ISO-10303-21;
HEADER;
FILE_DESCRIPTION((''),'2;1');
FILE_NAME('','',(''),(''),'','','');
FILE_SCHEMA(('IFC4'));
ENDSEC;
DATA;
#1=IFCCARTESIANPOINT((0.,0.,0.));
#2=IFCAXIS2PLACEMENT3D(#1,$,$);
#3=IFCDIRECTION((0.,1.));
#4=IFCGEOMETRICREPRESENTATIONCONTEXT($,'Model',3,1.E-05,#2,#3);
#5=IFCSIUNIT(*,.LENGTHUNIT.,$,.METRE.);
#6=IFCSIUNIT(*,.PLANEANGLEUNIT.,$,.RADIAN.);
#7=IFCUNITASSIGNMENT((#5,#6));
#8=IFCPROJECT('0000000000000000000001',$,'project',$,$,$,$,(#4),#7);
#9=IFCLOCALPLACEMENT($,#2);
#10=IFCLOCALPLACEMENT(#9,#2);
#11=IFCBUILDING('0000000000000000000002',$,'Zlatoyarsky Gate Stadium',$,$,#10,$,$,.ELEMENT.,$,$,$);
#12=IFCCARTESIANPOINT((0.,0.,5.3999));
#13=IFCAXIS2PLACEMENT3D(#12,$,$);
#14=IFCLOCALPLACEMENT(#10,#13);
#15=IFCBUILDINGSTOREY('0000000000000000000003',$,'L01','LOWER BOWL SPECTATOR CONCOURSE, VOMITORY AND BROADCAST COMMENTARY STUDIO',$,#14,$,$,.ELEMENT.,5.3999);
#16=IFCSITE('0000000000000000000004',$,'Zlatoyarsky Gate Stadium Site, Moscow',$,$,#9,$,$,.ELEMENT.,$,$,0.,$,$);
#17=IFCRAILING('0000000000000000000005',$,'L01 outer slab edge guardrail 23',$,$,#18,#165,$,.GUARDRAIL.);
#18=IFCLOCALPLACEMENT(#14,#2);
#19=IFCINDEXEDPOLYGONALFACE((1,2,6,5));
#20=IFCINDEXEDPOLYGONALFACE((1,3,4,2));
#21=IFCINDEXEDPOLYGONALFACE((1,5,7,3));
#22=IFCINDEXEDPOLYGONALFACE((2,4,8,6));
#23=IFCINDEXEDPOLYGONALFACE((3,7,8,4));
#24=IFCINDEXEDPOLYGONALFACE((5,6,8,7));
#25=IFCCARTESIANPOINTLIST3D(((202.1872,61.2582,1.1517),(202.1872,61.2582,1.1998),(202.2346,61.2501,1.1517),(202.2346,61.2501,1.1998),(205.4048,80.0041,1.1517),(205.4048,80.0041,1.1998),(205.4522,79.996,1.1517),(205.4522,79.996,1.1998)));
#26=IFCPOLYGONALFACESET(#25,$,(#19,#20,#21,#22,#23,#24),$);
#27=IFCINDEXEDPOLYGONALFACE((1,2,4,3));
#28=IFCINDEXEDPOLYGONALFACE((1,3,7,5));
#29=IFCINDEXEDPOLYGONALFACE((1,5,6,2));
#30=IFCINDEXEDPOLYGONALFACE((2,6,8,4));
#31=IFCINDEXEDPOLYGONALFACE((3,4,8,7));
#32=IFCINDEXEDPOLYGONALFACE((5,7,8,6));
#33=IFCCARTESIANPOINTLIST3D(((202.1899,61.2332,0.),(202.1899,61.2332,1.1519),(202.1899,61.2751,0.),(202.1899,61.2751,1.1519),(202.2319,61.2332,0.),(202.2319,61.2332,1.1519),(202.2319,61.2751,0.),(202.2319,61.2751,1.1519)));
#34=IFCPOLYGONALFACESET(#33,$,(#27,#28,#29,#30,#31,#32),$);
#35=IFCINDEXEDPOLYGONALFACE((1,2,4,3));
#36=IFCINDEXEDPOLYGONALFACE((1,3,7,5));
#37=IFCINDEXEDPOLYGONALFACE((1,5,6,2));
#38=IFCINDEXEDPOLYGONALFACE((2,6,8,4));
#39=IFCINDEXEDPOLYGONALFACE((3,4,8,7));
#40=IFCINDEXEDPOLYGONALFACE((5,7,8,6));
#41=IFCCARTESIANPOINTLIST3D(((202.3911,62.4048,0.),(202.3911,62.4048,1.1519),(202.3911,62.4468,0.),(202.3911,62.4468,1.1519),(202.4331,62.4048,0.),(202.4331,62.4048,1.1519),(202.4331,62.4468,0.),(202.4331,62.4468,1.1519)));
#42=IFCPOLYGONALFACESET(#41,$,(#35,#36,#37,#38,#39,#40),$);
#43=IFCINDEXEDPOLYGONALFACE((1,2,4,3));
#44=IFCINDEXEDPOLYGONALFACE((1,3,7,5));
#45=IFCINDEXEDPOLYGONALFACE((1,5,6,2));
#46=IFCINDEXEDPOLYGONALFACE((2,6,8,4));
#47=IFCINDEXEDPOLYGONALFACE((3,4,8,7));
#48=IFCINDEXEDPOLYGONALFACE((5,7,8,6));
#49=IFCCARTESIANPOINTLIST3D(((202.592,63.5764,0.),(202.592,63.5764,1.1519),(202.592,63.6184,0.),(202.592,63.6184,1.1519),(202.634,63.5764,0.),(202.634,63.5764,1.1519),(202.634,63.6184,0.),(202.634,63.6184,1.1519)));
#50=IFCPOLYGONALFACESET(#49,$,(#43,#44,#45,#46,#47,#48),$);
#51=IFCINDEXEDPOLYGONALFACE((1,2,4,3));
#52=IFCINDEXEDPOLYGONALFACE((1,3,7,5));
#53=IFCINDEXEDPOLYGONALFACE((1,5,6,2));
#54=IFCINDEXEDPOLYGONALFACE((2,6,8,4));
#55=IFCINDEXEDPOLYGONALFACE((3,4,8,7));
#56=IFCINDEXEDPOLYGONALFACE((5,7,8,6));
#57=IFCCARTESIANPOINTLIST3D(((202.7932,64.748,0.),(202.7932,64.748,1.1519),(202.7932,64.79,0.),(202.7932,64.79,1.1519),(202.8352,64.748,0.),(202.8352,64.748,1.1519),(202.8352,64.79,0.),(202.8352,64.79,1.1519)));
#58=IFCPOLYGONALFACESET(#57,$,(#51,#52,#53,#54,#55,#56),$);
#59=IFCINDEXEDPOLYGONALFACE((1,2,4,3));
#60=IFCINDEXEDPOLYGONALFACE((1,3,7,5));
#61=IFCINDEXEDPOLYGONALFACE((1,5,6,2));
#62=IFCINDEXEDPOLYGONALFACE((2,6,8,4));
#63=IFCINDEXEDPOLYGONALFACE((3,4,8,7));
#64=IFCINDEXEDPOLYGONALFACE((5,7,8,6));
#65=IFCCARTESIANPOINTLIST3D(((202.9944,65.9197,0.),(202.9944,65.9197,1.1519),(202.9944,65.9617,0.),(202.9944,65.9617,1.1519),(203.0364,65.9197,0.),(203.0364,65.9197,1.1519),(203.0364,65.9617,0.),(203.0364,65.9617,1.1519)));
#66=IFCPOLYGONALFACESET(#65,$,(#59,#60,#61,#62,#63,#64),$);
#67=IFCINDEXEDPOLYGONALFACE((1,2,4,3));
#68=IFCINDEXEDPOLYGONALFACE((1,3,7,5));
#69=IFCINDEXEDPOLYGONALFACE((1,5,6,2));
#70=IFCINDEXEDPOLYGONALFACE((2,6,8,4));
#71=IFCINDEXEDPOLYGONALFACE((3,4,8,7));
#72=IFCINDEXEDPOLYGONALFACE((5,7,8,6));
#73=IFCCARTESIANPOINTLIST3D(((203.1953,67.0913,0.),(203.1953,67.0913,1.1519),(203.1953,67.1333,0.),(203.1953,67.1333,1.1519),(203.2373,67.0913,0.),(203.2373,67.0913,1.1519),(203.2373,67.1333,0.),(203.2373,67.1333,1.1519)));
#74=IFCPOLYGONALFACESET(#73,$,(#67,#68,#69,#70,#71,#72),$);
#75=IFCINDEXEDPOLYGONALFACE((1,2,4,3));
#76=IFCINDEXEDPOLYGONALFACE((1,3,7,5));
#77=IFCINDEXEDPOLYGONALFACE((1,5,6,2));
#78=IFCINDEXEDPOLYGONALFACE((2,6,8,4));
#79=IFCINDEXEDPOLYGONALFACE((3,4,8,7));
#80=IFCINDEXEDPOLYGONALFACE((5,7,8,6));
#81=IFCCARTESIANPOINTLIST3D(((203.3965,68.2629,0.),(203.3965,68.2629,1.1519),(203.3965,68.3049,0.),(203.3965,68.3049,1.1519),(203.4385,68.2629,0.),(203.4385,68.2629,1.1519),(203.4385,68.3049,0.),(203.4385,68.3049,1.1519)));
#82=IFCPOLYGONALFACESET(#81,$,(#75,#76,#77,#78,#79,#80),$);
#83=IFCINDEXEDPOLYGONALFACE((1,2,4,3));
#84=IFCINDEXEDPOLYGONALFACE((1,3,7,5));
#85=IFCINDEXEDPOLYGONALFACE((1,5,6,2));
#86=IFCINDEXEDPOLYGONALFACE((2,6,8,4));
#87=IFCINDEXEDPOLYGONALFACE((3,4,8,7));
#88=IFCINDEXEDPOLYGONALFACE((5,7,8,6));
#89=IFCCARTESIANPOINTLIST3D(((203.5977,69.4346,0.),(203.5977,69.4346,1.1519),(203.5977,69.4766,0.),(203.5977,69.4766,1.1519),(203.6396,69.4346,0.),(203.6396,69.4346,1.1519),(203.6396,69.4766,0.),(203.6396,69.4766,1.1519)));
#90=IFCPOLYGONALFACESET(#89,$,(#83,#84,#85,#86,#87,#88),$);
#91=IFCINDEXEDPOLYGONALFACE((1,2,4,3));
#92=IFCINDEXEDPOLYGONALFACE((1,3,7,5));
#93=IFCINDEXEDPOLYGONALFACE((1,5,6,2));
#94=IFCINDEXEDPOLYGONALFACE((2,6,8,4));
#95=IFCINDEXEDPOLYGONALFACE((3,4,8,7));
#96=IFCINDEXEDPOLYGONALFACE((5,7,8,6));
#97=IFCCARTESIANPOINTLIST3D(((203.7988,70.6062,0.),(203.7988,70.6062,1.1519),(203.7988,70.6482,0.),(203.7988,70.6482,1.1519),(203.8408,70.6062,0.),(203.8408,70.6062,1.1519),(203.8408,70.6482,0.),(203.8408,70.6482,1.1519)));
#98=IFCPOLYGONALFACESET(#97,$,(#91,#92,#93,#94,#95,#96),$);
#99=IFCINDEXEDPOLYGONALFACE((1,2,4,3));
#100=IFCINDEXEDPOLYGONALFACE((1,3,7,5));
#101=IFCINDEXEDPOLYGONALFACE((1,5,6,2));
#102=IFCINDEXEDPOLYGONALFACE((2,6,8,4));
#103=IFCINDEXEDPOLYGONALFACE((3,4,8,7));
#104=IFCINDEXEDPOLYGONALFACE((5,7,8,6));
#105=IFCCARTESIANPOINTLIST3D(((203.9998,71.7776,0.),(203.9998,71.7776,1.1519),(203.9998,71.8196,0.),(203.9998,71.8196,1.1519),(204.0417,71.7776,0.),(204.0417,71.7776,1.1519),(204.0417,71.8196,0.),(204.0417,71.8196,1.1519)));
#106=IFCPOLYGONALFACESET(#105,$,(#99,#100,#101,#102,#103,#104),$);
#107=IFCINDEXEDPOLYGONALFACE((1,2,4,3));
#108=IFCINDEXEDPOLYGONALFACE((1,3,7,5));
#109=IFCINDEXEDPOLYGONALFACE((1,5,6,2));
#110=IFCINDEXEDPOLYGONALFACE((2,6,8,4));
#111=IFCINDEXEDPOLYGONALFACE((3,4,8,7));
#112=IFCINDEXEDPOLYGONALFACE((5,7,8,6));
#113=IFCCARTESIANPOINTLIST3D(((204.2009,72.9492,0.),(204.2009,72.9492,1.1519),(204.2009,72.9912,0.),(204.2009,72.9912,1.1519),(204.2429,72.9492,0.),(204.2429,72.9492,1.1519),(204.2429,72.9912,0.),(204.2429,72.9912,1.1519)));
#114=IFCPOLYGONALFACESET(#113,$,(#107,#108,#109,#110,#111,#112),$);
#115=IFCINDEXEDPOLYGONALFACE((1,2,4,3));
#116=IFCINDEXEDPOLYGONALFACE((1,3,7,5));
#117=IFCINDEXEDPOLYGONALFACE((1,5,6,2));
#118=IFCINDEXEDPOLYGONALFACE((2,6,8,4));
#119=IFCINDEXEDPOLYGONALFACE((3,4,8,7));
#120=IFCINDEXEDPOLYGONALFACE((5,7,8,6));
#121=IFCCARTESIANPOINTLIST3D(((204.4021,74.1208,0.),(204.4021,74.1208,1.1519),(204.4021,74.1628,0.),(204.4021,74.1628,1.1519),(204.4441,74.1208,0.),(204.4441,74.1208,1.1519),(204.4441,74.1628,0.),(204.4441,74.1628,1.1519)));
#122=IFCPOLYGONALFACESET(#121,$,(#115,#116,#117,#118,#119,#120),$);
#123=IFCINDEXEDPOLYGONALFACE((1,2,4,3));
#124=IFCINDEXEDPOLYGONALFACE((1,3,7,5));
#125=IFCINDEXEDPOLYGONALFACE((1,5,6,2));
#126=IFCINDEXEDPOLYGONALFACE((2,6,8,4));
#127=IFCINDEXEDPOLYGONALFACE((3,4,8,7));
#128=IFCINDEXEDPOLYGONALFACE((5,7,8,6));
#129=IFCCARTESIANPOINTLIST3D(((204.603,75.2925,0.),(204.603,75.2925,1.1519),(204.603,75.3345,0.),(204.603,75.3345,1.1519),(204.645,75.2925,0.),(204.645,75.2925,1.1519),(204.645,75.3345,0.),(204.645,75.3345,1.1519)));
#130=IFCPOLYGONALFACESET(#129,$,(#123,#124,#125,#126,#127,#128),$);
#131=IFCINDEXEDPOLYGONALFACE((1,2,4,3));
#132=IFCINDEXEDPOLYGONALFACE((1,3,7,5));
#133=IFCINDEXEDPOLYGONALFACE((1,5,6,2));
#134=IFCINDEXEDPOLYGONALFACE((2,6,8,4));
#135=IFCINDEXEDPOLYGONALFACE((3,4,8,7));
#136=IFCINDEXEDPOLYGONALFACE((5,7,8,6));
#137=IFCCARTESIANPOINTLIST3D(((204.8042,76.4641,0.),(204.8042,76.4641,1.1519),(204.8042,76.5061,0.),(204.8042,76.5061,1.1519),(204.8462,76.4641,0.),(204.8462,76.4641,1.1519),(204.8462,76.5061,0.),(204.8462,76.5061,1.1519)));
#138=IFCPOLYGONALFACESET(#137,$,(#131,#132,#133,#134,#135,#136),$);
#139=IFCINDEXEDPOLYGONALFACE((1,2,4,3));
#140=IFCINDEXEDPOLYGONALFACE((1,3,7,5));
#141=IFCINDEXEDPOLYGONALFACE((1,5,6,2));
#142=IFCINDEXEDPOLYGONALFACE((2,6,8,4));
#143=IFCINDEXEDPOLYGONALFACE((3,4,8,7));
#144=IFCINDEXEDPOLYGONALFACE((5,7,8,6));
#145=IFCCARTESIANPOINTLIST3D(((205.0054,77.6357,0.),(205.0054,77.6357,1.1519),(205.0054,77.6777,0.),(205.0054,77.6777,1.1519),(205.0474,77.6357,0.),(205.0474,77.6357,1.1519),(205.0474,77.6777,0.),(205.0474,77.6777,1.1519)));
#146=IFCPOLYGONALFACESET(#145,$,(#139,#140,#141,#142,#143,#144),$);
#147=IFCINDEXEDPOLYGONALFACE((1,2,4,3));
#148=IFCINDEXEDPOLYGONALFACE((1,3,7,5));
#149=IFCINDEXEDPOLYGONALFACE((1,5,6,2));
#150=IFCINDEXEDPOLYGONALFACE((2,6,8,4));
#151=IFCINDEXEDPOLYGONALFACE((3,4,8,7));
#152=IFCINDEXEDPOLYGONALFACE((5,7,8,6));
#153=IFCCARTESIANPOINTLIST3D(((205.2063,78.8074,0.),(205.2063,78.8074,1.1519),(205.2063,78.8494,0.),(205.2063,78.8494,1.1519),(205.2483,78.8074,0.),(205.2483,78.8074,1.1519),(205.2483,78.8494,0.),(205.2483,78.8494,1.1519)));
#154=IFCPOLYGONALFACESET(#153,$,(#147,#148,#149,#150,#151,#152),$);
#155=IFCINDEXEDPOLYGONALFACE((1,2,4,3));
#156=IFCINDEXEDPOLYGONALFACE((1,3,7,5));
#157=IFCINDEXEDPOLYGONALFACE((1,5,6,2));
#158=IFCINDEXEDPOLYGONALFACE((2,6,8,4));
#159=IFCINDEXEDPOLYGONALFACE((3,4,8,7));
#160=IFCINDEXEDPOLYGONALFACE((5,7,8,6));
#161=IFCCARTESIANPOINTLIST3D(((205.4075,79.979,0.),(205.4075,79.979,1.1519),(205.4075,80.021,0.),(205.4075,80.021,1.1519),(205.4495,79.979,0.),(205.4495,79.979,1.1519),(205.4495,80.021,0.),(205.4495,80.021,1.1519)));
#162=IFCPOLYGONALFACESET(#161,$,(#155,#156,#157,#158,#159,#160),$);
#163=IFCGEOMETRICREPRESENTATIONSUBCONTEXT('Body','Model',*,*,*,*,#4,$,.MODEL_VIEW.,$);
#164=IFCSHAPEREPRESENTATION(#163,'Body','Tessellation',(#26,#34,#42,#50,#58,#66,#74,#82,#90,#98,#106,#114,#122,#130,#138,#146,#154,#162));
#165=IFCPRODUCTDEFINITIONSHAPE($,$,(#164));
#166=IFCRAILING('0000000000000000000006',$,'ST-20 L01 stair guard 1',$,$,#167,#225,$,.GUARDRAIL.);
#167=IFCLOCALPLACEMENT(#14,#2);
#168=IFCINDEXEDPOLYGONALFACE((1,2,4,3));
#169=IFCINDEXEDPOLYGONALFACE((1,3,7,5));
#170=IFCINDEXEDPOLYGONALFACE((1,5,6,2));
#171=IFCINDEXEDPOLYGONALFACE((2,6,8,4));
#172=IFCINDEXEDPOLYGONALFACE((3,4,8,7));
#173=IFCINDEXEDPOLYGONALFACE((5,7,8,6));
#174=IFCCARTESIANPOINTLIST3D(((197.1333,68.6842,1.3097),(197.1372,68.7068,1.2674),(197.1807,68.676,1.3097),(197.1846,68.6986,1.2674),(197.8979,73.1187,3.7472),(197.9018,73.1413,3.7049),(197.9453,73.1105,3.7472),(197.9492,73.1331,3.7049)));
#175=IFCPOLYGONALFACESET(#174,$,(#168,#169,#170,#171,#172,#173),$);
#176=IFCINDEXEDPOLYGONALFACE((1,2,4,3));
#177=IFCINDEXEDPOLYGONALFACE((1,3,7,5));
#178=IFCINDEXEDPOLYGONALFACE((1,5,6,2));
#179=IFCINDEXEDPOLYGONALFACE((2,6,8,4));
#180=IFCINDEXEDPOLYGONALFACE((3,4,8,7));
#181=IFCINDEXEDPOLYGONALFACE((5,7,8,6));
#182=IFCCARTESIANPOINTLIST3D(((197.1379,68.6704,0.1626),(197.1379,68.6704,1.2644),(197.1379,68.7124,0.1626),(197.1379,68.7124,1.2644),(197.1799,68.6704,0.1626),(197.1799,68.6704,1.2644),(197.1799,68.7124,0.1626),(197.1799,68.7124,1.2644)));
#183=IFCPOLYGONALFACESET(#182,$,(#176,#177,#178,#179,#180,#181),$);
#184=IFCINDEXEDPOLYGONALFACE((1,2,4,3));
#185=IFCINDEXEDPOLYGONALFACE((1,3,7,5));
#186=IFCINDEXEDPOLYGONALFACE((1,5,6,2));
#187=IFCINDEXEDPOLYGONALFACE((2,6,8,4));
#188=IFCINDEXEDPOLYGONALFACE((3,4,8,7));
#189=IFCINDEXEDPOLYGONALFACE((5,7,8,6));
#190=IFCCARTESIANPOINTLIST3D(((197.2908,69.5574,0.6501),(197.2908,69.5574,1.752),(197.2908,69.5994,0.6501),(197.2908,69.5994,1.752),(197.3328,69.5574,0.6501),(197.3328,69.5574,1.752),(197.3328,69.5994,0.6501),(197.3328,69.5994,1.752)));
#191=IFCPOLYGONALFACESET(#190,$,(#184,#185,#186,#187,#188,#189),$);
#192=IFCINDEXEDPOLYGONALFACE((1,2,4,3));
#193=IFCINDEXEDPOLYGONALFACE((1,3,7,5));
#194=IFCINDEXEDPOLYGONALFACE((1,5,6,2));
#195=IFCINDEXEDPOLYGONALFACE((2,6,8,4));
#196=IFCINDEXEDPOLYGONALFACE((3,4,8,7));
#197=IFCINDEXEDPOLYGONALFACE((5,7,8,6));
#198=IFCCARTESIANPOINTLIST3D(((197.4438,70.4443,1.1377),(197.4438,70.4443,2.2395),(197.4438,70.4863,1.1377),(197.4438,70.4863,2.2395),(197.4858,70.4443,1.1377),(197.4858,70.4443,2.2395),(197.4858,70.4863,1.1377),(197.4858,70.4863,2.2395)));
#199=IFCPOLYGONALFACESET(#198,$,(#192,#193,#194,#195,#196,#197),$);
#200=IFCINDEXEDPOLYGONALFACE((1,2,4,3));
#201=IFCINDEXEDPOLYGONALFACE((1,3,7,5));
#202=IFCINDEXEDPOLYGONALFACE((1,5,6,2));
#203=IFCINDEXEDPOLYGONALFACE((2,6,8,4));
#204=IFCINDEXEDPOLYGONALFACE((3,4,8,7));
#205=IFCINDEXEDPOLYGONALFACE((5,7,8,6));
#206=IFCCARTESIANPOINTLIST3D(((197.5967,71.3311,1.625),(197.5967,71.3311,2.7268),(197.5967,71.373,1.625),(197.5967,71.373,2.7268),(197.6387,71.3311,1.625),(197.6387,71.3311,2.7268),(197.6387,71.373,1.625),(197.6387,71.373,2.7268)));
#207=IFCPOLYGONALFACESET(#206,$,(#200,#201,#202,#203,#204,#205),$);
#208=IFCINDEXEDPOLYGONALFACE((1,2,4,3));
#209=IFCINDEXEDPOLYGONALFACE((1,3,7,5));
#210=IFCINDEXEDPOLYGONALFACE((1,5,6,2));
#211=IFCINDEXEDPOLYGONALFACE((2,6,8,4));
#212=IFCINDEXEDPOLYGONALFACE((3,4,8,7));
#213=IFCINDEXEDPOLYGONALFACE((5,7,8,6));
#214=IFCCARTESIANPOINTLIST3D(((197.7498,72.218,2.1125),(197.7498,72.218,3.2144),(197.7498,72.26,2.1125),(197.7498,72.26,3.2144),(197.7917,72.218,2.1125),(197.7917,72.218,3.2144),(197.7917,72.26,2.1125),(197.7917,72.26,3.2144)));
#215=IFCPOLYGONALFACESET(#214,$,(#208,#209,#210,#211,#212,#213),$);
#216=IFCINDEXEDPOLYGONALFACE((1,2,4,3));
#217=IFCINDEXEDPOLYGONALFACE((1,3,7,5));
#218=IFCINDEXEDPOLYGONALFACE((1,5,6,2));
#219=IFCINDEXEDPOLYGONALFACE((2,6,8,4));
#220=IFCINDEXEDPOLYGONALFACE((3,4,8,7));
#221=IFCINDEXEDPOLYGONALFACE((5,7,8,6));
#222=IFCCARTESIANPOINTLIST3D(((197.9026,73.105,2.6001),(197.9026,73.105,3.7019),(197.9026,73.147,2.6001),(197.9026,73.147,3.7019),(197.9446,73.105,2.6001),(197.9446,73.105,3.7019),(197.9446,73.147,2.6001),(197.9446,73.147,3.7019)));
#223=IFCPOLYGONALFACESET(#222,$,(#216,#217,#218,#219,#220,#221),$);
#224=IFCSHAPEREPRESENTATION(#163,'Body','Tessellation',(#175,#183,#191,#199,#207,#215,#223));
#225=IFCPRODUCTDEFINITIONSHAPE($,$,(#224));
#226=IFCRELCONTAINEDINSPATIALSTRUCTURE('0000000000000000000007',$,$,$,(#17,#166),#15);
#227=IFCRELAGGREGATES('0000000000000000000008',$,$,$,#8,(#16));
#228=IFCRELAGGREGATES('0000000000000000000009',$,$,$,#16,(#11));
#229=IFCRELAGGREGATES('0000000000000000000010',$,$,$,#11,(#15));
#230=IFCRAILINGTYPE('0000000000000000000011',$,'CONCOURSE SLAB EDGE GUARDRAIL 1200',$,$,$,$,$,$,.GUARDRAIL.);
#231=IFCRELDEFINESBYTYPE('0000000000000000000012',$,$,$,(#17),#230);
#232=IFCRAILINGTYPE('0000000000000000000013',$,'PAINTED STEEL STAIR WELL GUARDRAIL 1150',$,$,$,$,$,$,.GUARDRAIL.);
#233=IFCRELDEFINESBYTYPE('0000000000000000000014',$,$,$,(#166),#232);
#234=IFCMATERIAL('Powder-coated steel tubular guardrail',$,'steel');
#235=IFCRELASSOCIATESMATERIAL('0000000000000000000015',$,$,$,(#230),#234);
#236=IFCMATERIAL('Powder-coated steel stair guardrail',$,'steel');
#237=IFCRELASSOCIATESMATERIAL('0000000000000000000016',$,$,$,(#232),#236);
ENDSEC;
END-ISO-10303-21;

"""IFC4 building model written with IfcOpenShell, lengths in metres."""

from ifc_helpers import new_model, si_unit, direction, frame, origin, origin_2d, place, context, subcontext, project, spatial, rectangle, extrude, material, type_object, element, save


model = new_model("IFC4")

# Units and contexts
model_context = context("Model", 3, precision=1e-05, world=origin(), true_north=direction((0.0, 1.0)))
body_context = subcontext(model_context, "Body", "Model", "MODEL_VIEW")
ifc_project = project(units=[si_unit("LENGTHUNIT", "METRE"), si_unit("PLANEANGLEUNIT", "RADIAN")], contexts=[model_context])

# Site, building, storey
site_placement = place(None, origin())
site = spatial("IfcSite", under=ifc_project, at=site_placement, Name="Zlatoyarsky Gate Stadium Site, Moscow", CompositionType="ELEMENT", RefElevation=0.0)
building_placement = place(site_placement, origin())
building = spatial("IfcBuilding", under=site, at=building_placement, Name="Zlatoyarsky Gate Stadium", CompositionType="ELEMENT")
storey_placement = place(building_placement, frame((0.0, 0.0, 5.3999)))
storey = spatial("IfcBuildingStorey", under=building, at=storey_placement, Name="L01", Description="LOWER BOWL SPECTATOR CONCOURSE, VOMITORY AND BROADCAST COMMENTARY STUDIO", CompositionType="ELEMENT", Elevation=5.3999)

# Railings
ifc_material_1 = material(Name="Powder-coated steel tubular guardrail", Category="steel")
railing_type_1 = type_object("IfcRailingType", Name="CONCOURSE SLAB EDGE GUARDRAIL 1200", PredefinedType="GUARDRAIL", material=ifc_material_1)
railing_1_placement = place(storey_placement, frame((202.2109, 61.2542, 0.0)))
element("IfcRailing", 1, at=railing_1_placement, inside=storey, type_object=railing_type_1, Name="L01 outer slab edge guardrail 23", PredefinedType="GUARDRAIL", context=body_context, shape_type="SweptSolid", body=[
    extrude(rectangle(XDim=0.0481, YDim=0.0481, at=origin_2d()), frame((0.0, 0.0, 1.1758), z_axis=(0.169166, 0.985588, 0.0), x_axis=(-0.985588, 0.169166, 0.0)), (0.0, 0.0, 1.0), 19.02),
    extrude(rectangle(XDim=0.042, YDim=0.042, at=origin_2d()), origin(), (0.0, 0.0, 1.0), 1.1519),
    extrude(rectangle(XDim=0.042, YDim=0.042, at=origin_2d()), frame((0.2012, 1.1716, 0.0)), (0.0, 0.0, 1.0), 1.1519),
    extrude(rectangle(XDim=0.042, YDim=0.042, at=origin_2d()), frame((0.4021, 2.3433, 0.0)), (0.0, 0.0, 1.0), 1.1519),
    extrude(rectangle(XDim=0.042, YDim=0.042, at=origin_2d()), frame((0.6033, 3.5149, 0.0)), (0.0, 0.0, 1.0), 1.1519),
    extrude(rectangle(XDim=0.042, YDim=0.042, at=origin_2d()), frame((0.8044, 4.6865, 0.0)), (0.0, 0.0, 1.0), 1.1519),
    extrude(rectangle(XDim=0.042, YDim=0.042, at=origin_2d()), frame((1.0054, 5.8582, 0.0)), (0.0, 0.0, 1.0), 1.1519),
    extrude(rectangle(XDim=0.042, YDim=0.042, at=origin_2d()), frame((1.2065, 7.0298, 0.0)), (0.0, 0.0, 1.0), 1.1519),
    extrude(rectangle(XDim=0.042, YDim=0.042, at=origin_2d()), frame((1.4077, 8.2014, 0.0)), (0.0, 0.0, 1.0), 1.1519),
    extrude(rectangle(XDim=0.042, YDim=0.042, at=origin_2d()), frame((1.6089, 9.373, 0.0)), (0.0, 0.0, 1.0), 1.1519),
    extrude(rectangle(XDim=0.042, YDim=0.042, at=origin_2d()), frame((1.8098, 10.5444, 0.0)), (0.0, 0.0, 1.0), 1.1519),
    extrude(rectangle(XDim=0.042, YDim=0.042, at=origin_2d()), frame((2.011, 11.7161, 0.0)), (0.0, 0.0, 1.0), 1.1519),
    extrude(rectangle(XDim=0.042, YDim=0.042, at=origin_2d()), frame((2.2122, 12.8877, 0.0)), (0.0, 0.0, 1.0), 1.1519),
    extrude(rectangle(XDim=0.042, YDim=0.042, at=origin_2d()), frame((2.4131, 14.0593, 0.0)), (0.0, 0.0, 1.0), 1.1519),
    extrude(rectangle(XDim=0.042, YDim=0.042, at=origin_2d()), frame((2.6143, 15.231, 0.0)), (0.0, 0.0, 1.0), 1.1519),
    extrude(rectangle(XDim=0.042, YDim=0.042, at=origin_2d()), frame((2.8154, 16.4026, 0.0)), (0.0, 0.0, 1.0), 1.1519),
    extrude(rectangle(XDim=0.042, YDim=0.042, at=origin_2d()), frame((3.0164, 17.5742, 0.0)), (0.0, 0.0, 1.0), 1.1519),
    extrude(rectangle(XDim=0.042, YDim=0.042, at=origin_2d()), frame((3.2175, 18.7458, 0.0)), (0.0, 0.0, 1.0), 1.1519),
])
ifc_material_2 = material(Name="Powder-coated steel stair guardrail", Category="steel")
railing_type_2 = type_object("IfcRailingType", Name="PAINTED STEEL STAIR WELL GUARDRAIL 1150", PredefinedType="GUARDRAIL", material=ifc_material_2)
railing_2_placement = place(storey_placement, frame((197.1589, 68.6914, 0.1626)))
element("IfcRailing", 2, at=railing_2_placement, inside=storey, type_object=railing_type_2, Name="ST-20 L01 stair guard 1", PredefinedType="GUARDRAIL", context=body_context, shape_type="SweptSolid", body=[
    extrude(rectangle(XDim=0.0481, YDim=0.0481, at=origin_2d()), frame((0.0, 0.0, 1.126), z_axis=(0.149411, 0.866505, 0.476282), x_axis=(-0.985458, 0.169921, 0.0)), (0.0, 0.0, 1.0), 5.1177),
    extrude(rectangle(XDim=0.042, YDim=0.042, at=origin_2d()), origin(), (0.0, 0.0, 1.0), 1.1018),
    extrude(rectangle(XDim=0.042, YDim=0.042, at=origin_2d()), frame((0.1528, 0.887, 0.4875)), (0.0, 0.0, 1.0), 1.1018),
    extrude(rectangle(XDim=0.042, YDim=0.042, at=origin_2d()), frame((0.3059, 1.7739, 0.9751)), (0.0, 0.0, 1.0), 1.1018),
    extrude(rectangle(XDim=0.042, YDim=0.042, at=origin_2d()), frame((0.4587, 2.6606, 1.4624)), (0.0, 0.0, 1.0), 1.1018),
    extrude(rectangle(XDim=0.042, YDim=0.042, at=origin_2d()), frame((0.6118, 3.5476, 1.95)), (0.0, 0.0, 1.0), 1.1018),
    extrude(rectangle(XDim=0.042, YDim=0.042, at=origin_2d()), frame((0.7646, 4.4346, 2.4375)), (0.0, 0.0, 1.0), 1.1018),
])

save(model, "model.ifc")
